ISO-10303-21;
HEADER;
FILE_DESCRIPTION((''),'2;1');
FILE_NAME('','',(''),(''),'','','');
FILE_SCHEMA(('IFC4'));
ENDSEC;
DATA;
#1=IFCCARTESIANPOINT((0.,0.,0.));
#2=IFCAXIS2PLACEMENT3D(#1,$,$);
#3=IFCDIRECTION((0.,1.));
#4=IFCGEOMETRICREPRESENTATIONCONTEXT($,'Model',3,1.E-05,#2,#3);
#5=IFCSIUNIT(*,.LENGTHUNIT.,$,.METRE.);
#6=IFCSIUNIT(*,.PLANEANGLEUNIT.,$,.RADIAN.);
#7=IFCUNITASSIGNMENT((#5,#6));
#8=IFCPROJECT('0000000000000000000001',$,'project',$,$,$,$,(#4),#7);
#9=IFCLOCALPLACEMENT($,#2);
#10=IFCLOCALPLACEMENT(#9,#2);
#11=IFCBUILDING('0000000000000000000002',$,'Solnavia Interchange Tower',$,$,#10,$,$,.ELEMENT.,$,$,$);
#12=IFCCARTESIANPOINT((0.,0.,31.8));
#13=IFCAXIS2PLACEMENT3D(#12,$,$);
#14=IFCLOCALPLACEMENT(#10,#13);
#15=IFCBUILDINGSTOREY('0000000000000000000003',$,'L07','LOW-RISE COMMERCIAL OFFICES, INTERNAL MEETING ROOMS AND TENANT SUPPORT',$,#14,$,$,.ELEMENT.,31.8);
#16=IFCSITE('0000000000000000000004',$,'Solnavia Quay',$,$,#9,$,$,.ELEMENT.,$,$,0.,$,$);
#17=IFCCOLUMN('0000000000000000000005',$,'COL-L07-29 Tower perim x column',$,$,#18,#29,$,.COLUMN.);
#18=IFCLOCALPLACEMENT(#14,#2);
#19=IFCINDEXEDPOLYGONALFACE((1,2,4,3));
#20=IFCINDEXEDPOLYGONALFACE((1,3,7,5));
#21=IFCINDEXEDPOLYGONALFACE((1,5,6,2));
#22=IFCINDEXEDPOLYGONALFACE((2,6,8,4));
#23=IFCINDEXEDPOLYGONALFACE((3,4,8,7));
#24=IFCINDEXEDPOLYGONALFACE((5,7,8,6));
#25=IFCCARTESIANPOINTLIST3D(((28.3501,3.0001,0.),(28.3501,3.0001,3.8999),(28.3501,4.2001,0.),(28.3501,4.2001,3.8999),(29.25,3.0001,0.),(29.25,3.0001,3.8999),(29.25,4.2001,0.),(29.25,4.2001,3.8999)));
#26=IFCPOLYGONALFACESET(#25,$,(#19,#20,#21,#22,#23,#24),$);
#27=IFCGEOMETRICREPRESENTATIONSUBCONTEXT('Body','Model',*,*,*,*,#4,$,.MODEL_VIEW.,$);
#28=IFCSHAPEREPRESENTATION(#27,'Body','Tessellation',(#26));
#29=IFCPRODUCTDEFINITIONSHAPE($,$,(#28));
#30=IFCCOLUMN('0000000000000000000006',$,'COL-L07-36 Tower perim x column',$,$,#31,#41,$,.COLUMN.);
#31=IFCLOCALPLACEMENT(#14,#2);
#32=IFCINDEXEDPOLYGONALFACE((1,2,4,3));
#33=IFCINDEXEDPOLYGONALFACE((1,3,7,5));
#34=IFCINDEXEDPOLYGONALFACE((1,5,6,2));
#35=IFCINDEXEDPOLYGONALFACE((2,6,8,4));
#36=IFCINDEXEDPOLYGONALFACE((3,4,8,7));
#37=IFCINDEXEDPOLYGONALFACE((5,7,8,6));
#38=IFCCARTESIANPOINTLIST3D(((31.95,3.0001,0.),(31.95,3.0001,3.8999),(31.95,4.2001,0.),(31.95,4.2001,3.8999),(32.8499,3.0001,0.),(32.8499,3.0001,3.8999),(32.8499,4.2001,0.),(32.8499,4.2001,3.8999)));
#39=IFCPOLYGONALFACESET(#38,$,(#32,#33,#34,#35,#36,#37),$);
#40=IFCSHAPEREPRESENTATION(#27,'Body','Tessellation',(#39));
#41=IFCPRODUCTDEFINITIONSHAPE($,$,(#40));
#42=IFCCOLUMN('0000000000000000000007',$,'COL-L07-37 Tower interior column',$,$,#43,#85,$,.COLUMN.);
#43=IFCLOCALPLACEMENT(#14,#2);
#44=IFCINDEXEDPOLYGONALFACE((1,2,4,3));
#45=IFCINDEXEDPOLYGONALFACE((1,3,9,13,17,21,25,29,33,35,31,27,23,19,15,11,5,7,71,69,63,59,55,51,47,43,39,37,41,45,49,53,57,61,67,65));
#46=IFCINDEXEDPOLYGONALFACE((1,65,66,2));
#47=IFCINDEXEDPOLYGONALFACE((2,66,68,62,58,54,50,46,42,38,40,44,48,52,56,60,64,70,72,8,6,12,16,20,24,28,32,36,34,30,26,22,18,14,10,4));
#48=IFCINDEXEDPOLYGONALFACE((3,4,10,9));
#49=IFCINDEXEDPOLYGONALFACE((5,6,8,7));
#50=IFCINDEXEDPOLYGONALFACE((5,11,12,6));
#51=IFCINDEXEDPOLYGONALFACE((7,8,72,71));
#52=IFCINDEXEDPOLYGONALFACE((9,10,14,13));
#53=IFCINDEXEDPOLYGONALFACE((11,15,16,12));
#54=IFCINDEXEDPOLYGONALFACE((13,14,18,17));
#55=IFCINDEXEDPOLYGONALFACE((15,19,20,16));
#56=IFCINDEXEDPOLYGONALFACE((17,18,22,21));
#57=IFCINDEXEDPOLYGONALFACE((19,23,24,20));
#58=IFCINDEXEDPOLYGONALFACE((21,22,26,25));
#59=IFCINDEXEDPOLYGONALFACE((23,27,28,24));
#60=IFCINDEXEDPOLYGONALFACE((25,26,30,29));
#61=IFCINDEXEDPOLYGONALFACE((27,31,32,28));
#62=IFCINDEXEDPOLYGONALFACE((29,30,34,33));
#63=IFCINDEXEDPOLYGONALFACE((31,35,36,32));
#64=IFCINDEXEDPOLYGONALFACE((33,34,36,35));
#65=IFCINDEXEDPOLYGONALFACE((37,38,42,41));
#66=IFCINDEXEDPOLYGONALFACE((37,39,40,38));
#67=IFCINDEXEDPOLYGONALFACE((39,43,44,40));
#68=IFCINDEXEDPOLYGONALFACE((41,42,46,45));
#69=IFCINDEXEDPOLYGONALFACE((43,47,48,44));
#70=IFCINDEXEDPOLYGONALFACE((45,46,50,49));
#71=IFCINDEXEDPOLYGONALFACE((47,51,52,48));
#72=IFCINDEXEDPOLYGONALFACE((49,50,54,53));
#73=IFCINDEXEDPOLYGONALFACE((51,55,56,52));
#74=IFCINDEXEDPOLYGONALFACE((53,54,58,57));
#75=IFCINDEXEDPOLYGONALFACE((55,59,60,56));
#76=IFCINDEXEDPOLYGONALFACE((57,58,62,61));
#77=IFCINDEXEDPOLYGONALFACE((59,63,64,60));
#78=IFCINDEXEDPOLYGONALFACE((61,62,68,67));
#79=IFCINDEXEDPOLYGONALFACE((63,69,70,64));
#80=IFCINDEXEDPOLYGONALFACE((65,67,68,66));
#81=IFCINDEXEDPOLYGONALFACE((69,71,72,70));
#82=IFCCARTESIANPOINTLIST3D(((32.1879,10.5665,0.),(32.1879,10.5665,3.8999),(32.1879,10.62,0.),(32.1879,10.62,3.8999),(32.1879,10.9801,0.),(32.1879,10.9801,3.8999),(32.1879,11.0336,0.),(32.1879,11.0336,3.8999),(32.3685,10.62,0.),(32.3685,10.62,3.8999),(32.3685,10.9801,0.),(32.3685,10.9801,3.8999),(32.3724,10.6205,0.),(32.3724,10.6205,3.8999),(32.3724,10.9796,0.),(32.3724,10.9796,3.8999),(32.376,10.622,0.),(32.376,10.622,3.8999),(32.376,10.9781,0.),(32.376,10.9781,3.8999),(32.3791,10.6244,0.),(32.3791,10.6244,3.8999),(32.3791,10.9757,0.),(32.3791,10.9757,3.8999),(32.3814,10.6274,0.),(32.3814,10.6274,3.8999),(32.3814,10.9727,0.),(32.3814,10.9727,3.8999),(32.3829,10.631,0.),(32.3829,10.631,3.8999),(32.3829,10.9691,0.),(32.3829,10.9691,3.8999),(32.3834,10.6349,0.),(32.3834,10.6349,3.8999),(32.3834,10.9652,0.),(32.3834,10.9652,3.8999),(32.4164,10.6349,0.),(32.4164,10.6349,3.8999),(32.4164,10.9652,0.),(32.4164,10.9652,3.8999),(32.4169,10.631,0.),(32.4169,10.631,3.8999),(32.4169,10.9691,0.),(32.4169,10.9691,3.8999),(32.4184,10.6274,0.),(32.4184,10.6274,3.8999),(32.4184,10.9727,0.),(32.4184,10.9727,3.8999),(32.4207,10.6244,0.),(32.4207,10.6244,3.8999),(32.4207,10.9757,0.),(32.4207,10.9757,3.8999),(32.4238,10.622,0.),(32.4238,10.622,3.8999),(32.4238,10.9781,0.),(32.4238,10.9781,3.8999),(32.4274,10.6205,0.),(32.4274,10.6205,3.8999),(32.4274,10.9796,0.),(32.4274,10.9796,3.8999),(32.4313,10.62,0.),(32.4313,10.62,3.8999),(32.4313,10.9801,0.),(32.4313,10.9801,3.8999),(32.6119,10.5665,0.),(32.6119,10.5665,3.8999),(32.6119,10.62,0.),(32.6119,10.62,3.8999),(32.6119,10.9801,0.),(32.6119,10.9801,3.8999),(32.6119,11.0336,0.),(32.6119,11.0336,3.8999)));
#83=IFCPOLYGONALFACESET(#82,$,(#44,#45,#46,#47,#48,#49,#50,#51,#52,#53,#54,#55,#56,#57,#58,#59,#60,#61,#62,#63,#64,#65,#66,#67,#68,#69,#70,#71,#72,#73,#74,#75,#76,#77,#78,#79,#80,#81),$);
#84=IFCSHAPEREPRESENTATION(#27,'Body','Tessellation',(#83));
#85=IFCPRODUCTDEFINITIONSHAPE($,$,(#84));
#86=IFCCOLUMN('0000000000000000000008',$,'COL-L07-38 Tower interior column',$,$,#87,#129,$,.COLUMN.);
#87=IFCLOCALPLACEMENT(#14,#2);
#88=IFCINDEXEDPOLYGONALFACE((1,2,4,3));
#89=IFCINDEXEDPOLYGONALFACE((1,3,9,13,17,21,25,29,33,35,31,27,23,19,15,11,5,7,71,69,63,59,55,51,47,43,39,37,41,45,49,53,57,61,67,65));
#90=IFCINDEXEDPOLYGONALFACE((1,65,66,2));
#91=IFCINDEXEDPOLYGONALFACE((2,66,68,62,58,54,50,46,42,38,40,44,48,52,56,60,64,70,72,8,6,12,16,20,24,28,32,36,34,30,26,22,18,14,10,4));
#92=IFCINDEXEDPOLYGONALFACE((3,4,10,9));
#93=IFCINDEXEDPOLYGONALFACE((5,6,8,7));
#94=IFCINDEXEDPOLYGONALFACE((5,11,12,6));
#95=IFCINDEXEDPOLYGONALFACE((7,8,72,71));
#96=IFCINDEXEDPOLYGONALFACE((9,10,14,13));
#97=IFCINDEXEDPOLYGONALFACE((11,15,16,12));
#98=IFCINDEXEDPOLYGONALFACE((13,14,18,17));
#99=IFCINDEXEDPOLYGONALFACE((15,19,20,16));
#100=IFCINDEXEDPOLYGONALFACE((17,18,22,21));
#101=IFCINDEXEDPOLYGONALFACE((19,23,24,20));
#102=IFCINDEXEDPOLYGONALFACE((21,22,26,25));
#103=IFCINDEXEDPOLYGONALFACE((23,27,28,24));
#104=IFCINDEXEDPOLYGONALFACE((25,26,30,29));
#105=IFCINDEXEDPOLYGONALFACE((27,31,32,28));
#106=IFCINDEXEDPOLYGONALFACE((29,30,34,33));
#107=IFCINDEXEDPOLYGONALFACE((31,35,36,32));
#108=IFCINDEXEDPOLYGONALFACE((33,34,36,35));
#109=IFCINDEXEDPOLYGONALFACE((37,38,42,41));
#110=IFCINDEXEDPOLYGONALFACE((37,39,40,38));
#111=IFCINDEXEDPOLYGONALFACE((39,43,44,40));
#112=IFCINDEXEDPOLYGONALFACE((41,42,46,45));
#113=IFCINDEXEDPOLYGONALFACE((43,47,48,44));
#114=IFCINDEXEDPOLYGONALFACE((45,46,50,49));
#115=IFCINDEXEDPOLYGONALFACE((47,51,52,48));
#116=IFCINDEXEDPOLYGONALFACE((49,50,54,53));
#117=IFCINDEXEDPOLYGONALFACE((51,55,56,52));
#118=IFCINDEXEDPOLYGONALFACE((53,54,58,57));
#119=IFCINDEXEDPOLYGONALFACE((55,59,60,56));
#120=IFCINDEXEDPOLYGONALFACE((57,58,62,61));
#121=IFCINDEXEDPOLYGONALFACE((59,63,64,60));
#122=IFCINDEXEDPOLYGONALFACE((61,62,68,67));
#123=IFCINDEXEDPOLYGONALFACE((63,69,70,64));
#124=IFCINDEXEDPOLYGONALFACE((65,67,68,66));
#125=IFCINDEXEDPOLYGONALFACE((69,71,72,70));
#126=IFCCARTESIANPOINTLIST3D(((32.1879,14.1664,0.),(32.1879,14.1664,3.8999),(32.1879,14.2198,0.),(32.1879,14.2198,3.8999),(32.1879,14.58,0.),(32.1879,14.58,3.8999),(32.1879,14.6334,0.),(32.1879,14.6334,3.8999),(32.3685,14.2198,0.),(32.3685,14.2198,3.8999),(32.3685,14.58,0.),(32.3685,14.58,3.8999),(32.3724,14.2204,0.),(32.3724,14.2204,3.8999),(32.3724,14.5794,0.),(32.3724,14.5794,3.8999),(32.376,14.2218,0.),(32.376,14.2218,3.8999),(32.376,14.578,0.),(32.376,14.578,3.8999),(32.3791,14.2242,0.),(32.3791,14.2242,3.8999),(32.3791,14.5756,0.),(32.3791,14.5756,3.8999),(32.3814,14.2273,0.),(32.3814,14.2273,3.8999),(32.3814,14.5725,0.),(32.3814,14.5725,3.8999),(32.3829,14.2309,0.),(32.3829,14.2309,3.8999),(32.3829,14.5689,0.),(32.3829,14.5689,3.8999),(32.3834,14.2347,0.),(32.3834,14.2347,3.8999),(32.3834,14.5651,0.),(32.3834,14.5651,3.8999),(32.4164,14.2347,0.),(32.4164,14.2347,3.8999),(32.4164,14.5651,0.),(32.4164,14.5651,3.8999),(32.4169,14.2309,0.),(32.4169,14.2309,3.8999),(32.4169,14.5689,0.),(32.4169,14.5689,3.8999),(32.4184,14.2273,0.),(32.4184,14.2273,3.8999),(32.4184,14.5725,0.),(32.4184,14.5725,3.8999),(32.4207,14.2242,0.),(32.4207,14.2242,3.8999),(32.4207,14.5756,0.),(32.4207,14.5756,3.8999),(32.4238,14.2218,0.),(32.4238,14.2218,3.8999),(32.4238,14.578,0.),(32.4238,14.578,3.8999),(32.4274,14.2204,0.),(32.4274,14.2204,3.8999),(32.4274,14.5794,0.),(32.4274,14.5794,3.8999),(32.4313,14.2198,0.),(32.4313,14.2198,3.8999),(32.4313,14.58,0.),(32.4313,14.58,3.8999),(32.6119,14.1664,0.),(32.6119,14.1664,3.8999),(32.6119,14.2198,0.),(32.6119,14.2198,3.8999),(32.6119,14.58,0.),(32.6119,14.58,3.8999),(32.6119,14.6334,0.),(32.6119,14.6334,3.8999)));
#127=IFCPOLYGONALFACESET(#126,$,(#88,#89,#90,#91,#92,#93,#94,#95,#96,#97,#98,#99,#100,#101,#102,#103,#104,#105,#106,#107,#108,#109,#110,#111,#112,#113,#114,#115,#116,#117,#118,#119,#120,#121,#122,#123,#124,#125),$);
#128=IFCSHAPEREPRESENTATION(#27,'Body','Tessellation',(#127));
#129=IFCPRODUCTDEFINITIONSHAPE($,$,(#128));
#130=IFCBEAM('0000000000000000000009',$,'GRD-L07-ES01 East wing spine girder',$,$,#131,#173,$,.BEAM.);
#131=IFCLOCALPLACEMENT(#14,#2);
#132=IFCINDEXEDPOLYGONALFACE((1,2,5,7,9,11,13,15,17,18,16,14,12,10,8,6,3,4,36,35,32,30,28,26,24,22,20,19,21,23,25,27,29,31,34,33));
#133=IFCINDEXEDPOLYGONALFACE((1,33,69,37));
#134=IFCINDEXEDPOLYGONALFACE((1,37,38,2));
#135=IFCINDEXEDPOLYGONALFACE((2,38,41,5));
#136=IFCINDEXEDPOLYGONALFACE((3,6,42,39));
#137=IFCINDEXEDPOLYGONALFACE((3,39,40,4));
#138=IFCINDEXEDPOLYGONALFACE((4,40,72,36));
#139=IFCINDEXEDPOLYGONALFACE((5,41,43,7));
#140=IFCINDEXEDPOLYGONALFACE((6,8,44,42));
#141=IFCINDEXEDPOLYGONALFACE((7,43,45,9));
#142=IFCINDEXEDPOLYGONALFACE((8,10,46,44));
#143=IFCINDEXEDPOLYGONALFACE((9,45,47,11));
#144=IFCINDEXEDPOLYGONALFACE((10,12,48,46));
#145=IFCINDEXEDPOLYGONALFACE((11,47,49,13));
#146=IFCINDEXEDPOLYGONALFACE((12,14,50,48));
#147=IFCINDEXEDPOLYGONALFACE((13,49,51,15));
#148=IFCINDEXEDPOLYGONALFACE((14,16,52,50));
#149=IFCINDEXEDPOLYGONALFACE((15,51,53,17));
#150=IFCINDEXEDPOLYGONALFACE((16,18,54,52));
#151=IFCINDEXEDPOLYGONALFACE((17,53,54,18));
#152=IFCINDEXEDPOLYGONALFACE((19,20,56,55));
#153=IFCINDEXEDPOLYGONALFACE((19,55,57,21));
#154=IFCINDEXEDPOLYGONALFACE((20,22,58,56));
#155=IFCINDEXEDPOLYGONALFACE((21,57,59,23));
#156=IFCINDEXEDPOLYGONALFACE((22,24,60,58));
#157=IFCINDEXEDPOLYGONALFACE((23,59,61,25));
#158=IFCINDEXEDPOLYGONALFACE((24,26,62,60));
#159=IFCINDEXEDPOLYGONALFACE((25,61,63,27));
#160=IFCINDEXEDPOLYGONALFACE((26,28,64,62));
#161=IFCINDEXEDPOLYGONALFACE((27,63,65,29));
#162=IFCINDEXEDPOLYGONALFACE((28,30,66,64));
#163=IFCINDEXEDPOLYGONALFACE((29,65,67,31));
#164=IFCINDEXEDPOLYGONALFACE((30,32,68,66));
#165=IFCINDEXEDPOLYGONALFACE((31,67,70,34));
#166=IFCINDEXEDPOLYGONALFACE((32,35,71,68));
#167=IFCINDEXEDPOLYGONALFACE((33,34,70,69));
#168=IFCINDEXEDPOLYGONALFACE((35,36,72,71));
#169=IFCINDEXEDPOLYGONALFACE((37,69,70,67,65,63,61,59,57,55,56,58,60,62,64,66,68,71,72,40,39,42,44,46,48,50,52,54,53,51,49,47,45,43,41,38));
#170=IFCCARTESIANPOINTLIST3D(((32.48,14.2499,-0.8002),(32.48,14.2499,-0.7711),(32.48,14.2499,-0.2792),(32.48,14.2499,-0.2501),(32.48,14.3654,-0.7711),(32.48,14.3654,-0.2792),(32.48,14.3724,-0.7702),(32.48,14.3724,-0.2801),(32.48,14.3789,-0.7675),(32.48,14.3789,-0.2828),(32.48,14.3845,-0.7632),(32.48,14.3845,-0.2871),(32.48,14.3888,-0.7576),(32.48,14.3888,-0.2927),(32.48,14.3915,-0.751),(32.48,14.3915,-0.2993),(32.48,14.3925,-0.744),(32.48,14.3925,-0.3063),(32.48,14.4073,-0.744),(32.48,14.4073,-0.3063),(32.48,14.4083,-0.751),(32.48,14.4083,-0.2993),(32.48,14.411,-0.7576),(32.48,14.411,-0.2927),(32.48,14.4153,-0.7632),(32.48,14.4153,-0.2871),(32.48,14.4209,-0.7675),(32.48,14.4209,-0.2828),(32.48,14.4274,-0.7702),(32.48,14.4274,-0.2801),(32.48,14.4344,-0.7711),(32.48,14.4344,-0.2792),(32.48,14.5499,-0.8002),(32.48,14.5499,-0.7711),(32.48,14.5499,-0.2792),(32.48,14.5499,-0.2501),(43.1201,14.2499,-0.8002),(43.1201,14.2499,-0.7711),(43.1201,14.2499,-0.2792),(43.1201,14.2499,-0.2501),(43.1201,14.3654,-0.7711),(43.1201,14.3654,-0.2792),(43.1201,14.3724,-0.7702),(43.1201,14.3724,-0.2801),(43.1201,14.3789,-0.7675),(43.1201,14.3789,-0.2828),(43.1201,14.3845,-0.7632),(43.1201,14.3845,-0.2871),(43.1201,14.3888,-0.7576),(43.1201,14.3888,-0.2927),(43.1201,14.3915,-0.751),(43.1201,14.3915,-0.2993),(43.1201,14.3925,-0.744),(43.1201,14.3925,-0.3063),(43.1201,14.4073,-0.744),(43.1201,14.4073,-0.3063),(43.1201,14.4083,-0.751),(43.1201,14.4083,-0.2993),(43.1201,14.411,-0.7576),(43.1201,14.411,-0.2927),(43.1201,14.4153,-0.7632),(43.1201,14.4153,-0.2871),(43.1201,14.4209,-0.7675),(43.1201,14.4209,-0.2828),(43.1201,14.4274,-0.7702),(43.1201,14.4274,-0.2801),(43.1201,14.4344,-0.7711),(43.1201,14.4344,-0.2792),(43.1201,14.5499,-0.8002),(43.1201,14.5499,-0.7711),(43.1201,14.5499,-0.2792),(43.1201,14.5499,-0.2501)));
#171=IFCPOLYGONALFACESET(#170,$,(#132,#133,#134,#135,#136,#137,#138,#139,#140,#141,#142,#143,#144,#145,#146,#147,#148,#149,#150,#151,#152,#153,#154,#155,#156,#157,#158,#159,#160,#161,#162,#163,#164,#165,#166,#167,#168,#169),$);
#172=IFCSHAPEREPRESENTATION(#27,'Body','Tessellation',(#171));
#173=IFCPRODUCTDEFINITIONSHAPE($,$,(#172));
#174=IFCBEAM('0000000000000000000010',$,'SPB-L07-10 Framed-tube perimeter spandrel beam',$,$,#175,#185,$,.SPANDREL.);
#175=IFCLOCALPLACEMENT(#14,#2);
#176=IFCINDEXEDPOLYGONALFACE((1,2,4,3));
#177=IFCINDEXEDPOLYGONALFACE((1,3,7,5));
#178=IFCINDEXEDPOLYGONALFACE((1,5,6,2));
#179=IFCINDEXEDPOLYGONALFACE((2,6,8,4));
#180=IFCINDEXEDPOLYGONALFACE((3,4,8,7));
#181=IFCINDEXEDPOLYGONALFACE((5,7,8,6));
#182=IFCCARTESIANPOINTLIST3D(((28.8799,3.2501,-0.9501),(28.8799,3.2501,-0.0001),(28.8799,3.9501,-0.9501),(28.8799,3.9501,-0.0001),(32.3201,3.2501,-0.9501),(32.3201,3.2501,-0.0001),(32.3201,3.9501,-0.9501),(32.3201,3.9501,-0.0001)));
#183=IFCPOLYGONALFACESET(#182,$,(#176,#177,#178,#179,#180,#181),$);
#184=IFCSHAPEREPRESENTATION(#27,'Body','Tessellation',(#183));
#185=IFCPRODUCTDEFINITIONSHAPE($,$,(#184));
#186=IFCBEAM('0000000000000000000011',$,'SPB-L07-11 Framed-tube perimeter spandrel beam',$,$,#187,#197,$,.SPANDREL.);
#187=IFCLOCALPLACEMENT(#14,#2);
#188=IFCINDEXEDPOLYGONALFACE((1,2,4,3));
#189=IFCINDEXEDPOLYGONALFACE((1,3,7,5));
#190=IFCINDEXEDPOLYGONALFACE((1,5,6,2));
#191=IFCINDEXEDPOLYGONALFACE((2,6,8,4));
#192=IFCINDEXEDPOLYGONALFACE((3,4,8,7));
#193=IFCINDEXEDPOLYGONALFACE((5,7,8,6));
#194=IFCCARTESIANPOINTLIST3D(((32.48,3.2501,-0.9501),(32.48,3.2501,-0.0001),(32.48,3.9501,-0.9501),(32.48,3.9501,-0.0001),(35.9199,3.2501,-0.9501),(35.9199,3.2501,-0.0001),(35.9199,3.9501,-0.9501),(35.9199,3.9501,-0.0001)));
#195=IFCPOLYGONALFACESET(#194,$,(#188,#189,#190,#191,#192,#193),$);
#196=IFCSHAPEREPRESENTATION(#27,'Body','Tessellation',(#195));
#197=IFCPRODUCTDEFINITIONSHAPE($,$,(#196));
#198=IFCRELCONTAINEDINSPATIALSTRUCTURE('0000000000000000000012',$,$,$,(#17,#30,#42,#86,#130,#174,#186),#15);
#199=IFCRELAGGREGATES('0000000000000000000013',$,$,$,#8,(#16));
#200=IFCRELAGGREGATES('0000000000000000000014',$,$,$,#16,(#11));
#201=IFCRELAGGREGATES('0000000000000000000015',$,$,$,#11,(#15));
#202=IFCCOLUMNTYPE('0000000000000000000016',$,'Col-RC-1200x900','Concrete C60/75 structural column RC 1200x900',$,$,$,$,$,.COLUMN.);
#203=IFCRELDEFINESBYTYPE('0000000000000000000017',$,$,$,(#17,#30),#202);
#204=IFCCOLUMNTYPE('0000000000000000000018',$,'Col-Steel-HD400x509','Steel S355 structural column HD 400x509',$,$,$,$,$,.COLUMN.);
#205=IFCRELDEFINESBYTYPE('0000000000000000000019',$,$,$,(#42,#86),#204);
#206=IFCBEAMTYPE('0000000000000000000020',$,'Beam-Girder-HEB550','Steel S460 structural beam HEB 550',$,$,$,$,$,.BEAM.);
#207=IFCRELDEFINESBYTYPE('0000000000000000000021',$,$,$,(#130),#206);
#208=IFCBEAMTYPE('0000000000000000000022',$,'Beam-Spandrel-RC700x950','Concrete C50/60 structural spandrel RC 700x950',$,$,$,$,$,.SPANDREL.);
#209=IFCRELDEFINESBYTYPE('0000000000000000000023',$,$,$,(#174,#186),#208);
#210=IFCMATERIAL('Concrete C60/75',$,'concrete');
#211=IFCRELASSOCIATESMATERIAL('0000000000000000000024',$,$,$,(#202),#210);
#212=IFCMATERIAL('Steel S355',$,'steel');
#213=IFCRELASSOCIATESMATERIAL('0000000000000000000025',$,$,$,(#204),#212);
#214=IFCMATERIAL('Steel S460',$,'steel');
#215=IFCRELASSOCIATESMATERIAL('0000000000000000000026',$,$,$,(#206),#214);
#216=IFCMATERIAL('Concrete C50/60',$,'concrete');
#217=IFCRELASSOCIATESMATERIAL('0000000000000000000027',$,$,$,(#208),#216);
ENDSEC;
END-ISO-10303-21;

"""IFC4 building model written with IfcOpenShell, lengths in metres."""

from ifc_helpers import new_model, si_unit, direction, frame, origin, origin_2d, place, context, subcontext, project, spatial, rectangle, i_section, extrude, material, material_profile, profile_set, type_object, element, save


model = new_model("IFC4")

# Units and contexts
model_context = context("Model", 3, precision=1e-05, world=origin(), true_north=direction((0.0, 1.0)))
body_context = subcontext(model_context, "Body", "Model", "MODEL_VIEW")
ifc_project = project(units=[si_unit("LENGTHUNIT", "METRE"), si_unit("PLANEANGLEUNIT", "RADIAN")], contexts=[model_context])

# Site, building, storey
site_placement = place(None, origin())
site = spatial("IfcSite", under=ifc_project, at=site_placement, Name="Solnavia Quay", CompositionType="ELEMENT", RefElevation=0.0)
building_placement = place(site_placement, origin())
building = spatial("IfcBuilding", under=site, at=building_placement, Name="Solnavia Interchange Tower", CompositionType="ELEMENT")
storey_placement = place(building_placement, frame((0.0, 0.0, 31.8)))
storey = spatial("IfcBuildingStorey", under=building, at=storey_placement, Name="L07", Description="LOW-RISE COMMERCIAL OFFICES, INTERNAL MEETING ROOMS AND TENANT SUPPORT", CompositionType="ELEMENT", Elevation=31.8)

# Columns
ifc_material_1 = material(Name="Concrete C60/75", Category="concrete")
ifc_material_profile_1 = material_profile(ifc_material_1, rectangle(XDim=0.8999, YDim=1.2, at=origin_2d()), Name="RC 1200x900")
ifc_profile_set_1 = profile_set([ifc_material_profile_1], Name="Concrete C60/75")
column_type_1 = type_object("IfcColumnType", Name="Col-RC-1200x900", Description="Concrete C60/75 structural column RC 1200x900", PredefinedType="COLUMN", material=ifc_profile_set_1)
for number, where, z_axis, x_axis, name in (
    (1, (28.8, 3.6001, 0.0), (0.0, 0.0, 1.0), (1.0, 0.0, 0.0), "COL-L07-29 Tower perim x column"),
    (2, (32.3999, 3.6001, 0.0), (0.0, 0.0, 1.0), (1.0, 0.0, 0.0), "COL-L07-36 Tower perim x column"),
):
    element("IfcColumn", number, at=place(storey_placement, frame(where, z_axis=z_axis, x_axis=x_axis)), inside=storey, type_object=column_type_1, Name=name, PredefinedType="COLUMN", context=body_context, shape_type="SweptSolid", body=[
        extrude(rectangle(XDim=0.8999, YDim=1.2, at=origin_2d()), origin(), (0.0, 0.0, 1.0), 3.8999),
    ])
ifc_material_2 = material(Name="Steel S355", Category="steel")
ifc_material_profile_2 = material_profile(ifc_material_2, i_section(OverallWidth=0.4241, OverallDepth=0.467, WebThickness=0.033, FlangeThickness=0.0535, FilletRadius=0.0149, at=origin_2d()), Name="HD 400x509")
ifc_profile_set_2 = profile_set([ifc_material_profile_2], Name="Steel S355")
column_type_2 = type_object("IfcColumnType", Name="Col-Steel-HD400x509", Description="Steel S355 structural column HD 400x509", PredefinedType="COLUMN", material=ifc_profile_set_2)
for number, where, z_axis, x_axis, name in (
    (3, (32.3999, 10.8, 0.0), (0.0, 0.0, 1.0), (1.0, 0.0, 0.0), "COL-L07-37 Tower interior column"),
    (4, (32.3999, 14.3999, 0.0), (0.0, 0.0, 1.0), (1.0, 0.0, 0.0), "COL-L07-38 Tower interior column"),
):
    element("IfcColumn", number, at=place(storey_placement, frame(where, z_axis=z_axis, x_axis=x_axis)), inside=storey, type_object=column_type_2, Name=name, PredefinedType="COLUMN", context=body_context, shape_type="SweptSolid", body=[
        extrude(i_section(OverallWidth=0.4241, OverallDepth=0.467, WebThickness=0.033, FlangeThickness=0.0535, FilletRadius=0.0149, at=origin_2d()), origin(), (0.0, 0.0, 1.0), 3.8999),
    ])

# Beams
ifc_material_3 = material(Name="Steel S460", Category="steel")
ifc_material_profile_3 = material_profile(ifc_material_3, i_section(OverallWidth=0.3, OverallDepth=0.55, WebThickness=0.0149, FlangeThickness=0.0291, FilletRadius=0.0271, at=origin_2d()), Name="HEB 550")
ifc_profile_set_3 = profile_set([ifc_material_profile_3], Name="Steel S460")
beam_type_1 = type_object("IfcBeamType", Name="Beam-Girder-HEB550", Description="Steel S460 structural beam HEB 550", PredefinedType="BEAM", material=ifc_profile_set_3)
beam_1_placement = place(storey_placement, frame((32.48, 14.3999, -0.5251), z_axis=(1.0, 0.0, 0.0), x_axis=(0.0, 1.0, 0.0)))
element("IfcBeam", 5, at=beam_1_placement, inside=storey, type_object=beam_type_1, Name="GRD-L07-ES01 East wing spine girder", PredefinedType="BEAM", context=body_context, shape_type="SweptSolid", body=[
    extrude(i_section(OverallWidth=0.3, OverallDepth=0.55, WebThickness=0.0149, FlangeThickness=0.0291, FilletRadius=0.0271, at=origin_2d()), origin(), (0.0, 0.0, 1.0), 10.6401),
])
ifc_material_4 = material(Name="Concrete C50/60", Category="concrete")
ifc_material_profile_4 = material_profile(ifc_material_4, rectangle(XDim=0.7, YDim=0.95, at=origin_2d()), Name="RC 700x950")
ifc_profile_set_4 = profile_set([ifc_material_profile_4], Name="Concrete C50/60")
beam_type_2 = type_object("IfcBeamType", Name="Beam-Spandrel-RC700x950", Description="Concrete C50/60 structural spandrel RC 700x950", PredefinedType="SPANDREL", material=ifc_profile_set_4)
beam_2_placement = place(storey_placement, frame((28.8799, 3.6001, -0.4751), z_axis=(1.0, 0.0, 0.0), x_axis=(0.0, 1.0, 0.0)))
element("IfcBeam", 6, at=beam_2_placement, inside=storey, type_object=beam_type_2, Name="SPB-L07-10 Framed-tube perimeter spandrel beam", PredefinedType="SPANDREL", context=body_context, shape_type="SweptSolid", body=[
    extrude(rectangle(XDim=0.7, YDim=0.95, at=origin_2d()), origin(), (0.0, 0.0, 1.0), 3.4402),
])
beam_3_placement = place(storey_placement, frame((32.48, 3.6001, -0.4751), z_axis=(1.0, 0.0, 0.0), x_axis=(0.0, 1.0, 0.0)))
element("IfcBeam", 7, at=beam_3_placement, inside=storey, type_object=beam_type_2, Name="SPB-L07-11 Framed-tube perimeter spandrel beam", PredefinedType="SPANDREL", context=body_context, shape_type="SweptSolid", body=[
    extrude(rectangle(XDim=0.7, YDim=0.95, at=origin_2d()), origin(), (0.0, 0.0, 1.0), 3.4399),
])

save(model, "model.ifc")
